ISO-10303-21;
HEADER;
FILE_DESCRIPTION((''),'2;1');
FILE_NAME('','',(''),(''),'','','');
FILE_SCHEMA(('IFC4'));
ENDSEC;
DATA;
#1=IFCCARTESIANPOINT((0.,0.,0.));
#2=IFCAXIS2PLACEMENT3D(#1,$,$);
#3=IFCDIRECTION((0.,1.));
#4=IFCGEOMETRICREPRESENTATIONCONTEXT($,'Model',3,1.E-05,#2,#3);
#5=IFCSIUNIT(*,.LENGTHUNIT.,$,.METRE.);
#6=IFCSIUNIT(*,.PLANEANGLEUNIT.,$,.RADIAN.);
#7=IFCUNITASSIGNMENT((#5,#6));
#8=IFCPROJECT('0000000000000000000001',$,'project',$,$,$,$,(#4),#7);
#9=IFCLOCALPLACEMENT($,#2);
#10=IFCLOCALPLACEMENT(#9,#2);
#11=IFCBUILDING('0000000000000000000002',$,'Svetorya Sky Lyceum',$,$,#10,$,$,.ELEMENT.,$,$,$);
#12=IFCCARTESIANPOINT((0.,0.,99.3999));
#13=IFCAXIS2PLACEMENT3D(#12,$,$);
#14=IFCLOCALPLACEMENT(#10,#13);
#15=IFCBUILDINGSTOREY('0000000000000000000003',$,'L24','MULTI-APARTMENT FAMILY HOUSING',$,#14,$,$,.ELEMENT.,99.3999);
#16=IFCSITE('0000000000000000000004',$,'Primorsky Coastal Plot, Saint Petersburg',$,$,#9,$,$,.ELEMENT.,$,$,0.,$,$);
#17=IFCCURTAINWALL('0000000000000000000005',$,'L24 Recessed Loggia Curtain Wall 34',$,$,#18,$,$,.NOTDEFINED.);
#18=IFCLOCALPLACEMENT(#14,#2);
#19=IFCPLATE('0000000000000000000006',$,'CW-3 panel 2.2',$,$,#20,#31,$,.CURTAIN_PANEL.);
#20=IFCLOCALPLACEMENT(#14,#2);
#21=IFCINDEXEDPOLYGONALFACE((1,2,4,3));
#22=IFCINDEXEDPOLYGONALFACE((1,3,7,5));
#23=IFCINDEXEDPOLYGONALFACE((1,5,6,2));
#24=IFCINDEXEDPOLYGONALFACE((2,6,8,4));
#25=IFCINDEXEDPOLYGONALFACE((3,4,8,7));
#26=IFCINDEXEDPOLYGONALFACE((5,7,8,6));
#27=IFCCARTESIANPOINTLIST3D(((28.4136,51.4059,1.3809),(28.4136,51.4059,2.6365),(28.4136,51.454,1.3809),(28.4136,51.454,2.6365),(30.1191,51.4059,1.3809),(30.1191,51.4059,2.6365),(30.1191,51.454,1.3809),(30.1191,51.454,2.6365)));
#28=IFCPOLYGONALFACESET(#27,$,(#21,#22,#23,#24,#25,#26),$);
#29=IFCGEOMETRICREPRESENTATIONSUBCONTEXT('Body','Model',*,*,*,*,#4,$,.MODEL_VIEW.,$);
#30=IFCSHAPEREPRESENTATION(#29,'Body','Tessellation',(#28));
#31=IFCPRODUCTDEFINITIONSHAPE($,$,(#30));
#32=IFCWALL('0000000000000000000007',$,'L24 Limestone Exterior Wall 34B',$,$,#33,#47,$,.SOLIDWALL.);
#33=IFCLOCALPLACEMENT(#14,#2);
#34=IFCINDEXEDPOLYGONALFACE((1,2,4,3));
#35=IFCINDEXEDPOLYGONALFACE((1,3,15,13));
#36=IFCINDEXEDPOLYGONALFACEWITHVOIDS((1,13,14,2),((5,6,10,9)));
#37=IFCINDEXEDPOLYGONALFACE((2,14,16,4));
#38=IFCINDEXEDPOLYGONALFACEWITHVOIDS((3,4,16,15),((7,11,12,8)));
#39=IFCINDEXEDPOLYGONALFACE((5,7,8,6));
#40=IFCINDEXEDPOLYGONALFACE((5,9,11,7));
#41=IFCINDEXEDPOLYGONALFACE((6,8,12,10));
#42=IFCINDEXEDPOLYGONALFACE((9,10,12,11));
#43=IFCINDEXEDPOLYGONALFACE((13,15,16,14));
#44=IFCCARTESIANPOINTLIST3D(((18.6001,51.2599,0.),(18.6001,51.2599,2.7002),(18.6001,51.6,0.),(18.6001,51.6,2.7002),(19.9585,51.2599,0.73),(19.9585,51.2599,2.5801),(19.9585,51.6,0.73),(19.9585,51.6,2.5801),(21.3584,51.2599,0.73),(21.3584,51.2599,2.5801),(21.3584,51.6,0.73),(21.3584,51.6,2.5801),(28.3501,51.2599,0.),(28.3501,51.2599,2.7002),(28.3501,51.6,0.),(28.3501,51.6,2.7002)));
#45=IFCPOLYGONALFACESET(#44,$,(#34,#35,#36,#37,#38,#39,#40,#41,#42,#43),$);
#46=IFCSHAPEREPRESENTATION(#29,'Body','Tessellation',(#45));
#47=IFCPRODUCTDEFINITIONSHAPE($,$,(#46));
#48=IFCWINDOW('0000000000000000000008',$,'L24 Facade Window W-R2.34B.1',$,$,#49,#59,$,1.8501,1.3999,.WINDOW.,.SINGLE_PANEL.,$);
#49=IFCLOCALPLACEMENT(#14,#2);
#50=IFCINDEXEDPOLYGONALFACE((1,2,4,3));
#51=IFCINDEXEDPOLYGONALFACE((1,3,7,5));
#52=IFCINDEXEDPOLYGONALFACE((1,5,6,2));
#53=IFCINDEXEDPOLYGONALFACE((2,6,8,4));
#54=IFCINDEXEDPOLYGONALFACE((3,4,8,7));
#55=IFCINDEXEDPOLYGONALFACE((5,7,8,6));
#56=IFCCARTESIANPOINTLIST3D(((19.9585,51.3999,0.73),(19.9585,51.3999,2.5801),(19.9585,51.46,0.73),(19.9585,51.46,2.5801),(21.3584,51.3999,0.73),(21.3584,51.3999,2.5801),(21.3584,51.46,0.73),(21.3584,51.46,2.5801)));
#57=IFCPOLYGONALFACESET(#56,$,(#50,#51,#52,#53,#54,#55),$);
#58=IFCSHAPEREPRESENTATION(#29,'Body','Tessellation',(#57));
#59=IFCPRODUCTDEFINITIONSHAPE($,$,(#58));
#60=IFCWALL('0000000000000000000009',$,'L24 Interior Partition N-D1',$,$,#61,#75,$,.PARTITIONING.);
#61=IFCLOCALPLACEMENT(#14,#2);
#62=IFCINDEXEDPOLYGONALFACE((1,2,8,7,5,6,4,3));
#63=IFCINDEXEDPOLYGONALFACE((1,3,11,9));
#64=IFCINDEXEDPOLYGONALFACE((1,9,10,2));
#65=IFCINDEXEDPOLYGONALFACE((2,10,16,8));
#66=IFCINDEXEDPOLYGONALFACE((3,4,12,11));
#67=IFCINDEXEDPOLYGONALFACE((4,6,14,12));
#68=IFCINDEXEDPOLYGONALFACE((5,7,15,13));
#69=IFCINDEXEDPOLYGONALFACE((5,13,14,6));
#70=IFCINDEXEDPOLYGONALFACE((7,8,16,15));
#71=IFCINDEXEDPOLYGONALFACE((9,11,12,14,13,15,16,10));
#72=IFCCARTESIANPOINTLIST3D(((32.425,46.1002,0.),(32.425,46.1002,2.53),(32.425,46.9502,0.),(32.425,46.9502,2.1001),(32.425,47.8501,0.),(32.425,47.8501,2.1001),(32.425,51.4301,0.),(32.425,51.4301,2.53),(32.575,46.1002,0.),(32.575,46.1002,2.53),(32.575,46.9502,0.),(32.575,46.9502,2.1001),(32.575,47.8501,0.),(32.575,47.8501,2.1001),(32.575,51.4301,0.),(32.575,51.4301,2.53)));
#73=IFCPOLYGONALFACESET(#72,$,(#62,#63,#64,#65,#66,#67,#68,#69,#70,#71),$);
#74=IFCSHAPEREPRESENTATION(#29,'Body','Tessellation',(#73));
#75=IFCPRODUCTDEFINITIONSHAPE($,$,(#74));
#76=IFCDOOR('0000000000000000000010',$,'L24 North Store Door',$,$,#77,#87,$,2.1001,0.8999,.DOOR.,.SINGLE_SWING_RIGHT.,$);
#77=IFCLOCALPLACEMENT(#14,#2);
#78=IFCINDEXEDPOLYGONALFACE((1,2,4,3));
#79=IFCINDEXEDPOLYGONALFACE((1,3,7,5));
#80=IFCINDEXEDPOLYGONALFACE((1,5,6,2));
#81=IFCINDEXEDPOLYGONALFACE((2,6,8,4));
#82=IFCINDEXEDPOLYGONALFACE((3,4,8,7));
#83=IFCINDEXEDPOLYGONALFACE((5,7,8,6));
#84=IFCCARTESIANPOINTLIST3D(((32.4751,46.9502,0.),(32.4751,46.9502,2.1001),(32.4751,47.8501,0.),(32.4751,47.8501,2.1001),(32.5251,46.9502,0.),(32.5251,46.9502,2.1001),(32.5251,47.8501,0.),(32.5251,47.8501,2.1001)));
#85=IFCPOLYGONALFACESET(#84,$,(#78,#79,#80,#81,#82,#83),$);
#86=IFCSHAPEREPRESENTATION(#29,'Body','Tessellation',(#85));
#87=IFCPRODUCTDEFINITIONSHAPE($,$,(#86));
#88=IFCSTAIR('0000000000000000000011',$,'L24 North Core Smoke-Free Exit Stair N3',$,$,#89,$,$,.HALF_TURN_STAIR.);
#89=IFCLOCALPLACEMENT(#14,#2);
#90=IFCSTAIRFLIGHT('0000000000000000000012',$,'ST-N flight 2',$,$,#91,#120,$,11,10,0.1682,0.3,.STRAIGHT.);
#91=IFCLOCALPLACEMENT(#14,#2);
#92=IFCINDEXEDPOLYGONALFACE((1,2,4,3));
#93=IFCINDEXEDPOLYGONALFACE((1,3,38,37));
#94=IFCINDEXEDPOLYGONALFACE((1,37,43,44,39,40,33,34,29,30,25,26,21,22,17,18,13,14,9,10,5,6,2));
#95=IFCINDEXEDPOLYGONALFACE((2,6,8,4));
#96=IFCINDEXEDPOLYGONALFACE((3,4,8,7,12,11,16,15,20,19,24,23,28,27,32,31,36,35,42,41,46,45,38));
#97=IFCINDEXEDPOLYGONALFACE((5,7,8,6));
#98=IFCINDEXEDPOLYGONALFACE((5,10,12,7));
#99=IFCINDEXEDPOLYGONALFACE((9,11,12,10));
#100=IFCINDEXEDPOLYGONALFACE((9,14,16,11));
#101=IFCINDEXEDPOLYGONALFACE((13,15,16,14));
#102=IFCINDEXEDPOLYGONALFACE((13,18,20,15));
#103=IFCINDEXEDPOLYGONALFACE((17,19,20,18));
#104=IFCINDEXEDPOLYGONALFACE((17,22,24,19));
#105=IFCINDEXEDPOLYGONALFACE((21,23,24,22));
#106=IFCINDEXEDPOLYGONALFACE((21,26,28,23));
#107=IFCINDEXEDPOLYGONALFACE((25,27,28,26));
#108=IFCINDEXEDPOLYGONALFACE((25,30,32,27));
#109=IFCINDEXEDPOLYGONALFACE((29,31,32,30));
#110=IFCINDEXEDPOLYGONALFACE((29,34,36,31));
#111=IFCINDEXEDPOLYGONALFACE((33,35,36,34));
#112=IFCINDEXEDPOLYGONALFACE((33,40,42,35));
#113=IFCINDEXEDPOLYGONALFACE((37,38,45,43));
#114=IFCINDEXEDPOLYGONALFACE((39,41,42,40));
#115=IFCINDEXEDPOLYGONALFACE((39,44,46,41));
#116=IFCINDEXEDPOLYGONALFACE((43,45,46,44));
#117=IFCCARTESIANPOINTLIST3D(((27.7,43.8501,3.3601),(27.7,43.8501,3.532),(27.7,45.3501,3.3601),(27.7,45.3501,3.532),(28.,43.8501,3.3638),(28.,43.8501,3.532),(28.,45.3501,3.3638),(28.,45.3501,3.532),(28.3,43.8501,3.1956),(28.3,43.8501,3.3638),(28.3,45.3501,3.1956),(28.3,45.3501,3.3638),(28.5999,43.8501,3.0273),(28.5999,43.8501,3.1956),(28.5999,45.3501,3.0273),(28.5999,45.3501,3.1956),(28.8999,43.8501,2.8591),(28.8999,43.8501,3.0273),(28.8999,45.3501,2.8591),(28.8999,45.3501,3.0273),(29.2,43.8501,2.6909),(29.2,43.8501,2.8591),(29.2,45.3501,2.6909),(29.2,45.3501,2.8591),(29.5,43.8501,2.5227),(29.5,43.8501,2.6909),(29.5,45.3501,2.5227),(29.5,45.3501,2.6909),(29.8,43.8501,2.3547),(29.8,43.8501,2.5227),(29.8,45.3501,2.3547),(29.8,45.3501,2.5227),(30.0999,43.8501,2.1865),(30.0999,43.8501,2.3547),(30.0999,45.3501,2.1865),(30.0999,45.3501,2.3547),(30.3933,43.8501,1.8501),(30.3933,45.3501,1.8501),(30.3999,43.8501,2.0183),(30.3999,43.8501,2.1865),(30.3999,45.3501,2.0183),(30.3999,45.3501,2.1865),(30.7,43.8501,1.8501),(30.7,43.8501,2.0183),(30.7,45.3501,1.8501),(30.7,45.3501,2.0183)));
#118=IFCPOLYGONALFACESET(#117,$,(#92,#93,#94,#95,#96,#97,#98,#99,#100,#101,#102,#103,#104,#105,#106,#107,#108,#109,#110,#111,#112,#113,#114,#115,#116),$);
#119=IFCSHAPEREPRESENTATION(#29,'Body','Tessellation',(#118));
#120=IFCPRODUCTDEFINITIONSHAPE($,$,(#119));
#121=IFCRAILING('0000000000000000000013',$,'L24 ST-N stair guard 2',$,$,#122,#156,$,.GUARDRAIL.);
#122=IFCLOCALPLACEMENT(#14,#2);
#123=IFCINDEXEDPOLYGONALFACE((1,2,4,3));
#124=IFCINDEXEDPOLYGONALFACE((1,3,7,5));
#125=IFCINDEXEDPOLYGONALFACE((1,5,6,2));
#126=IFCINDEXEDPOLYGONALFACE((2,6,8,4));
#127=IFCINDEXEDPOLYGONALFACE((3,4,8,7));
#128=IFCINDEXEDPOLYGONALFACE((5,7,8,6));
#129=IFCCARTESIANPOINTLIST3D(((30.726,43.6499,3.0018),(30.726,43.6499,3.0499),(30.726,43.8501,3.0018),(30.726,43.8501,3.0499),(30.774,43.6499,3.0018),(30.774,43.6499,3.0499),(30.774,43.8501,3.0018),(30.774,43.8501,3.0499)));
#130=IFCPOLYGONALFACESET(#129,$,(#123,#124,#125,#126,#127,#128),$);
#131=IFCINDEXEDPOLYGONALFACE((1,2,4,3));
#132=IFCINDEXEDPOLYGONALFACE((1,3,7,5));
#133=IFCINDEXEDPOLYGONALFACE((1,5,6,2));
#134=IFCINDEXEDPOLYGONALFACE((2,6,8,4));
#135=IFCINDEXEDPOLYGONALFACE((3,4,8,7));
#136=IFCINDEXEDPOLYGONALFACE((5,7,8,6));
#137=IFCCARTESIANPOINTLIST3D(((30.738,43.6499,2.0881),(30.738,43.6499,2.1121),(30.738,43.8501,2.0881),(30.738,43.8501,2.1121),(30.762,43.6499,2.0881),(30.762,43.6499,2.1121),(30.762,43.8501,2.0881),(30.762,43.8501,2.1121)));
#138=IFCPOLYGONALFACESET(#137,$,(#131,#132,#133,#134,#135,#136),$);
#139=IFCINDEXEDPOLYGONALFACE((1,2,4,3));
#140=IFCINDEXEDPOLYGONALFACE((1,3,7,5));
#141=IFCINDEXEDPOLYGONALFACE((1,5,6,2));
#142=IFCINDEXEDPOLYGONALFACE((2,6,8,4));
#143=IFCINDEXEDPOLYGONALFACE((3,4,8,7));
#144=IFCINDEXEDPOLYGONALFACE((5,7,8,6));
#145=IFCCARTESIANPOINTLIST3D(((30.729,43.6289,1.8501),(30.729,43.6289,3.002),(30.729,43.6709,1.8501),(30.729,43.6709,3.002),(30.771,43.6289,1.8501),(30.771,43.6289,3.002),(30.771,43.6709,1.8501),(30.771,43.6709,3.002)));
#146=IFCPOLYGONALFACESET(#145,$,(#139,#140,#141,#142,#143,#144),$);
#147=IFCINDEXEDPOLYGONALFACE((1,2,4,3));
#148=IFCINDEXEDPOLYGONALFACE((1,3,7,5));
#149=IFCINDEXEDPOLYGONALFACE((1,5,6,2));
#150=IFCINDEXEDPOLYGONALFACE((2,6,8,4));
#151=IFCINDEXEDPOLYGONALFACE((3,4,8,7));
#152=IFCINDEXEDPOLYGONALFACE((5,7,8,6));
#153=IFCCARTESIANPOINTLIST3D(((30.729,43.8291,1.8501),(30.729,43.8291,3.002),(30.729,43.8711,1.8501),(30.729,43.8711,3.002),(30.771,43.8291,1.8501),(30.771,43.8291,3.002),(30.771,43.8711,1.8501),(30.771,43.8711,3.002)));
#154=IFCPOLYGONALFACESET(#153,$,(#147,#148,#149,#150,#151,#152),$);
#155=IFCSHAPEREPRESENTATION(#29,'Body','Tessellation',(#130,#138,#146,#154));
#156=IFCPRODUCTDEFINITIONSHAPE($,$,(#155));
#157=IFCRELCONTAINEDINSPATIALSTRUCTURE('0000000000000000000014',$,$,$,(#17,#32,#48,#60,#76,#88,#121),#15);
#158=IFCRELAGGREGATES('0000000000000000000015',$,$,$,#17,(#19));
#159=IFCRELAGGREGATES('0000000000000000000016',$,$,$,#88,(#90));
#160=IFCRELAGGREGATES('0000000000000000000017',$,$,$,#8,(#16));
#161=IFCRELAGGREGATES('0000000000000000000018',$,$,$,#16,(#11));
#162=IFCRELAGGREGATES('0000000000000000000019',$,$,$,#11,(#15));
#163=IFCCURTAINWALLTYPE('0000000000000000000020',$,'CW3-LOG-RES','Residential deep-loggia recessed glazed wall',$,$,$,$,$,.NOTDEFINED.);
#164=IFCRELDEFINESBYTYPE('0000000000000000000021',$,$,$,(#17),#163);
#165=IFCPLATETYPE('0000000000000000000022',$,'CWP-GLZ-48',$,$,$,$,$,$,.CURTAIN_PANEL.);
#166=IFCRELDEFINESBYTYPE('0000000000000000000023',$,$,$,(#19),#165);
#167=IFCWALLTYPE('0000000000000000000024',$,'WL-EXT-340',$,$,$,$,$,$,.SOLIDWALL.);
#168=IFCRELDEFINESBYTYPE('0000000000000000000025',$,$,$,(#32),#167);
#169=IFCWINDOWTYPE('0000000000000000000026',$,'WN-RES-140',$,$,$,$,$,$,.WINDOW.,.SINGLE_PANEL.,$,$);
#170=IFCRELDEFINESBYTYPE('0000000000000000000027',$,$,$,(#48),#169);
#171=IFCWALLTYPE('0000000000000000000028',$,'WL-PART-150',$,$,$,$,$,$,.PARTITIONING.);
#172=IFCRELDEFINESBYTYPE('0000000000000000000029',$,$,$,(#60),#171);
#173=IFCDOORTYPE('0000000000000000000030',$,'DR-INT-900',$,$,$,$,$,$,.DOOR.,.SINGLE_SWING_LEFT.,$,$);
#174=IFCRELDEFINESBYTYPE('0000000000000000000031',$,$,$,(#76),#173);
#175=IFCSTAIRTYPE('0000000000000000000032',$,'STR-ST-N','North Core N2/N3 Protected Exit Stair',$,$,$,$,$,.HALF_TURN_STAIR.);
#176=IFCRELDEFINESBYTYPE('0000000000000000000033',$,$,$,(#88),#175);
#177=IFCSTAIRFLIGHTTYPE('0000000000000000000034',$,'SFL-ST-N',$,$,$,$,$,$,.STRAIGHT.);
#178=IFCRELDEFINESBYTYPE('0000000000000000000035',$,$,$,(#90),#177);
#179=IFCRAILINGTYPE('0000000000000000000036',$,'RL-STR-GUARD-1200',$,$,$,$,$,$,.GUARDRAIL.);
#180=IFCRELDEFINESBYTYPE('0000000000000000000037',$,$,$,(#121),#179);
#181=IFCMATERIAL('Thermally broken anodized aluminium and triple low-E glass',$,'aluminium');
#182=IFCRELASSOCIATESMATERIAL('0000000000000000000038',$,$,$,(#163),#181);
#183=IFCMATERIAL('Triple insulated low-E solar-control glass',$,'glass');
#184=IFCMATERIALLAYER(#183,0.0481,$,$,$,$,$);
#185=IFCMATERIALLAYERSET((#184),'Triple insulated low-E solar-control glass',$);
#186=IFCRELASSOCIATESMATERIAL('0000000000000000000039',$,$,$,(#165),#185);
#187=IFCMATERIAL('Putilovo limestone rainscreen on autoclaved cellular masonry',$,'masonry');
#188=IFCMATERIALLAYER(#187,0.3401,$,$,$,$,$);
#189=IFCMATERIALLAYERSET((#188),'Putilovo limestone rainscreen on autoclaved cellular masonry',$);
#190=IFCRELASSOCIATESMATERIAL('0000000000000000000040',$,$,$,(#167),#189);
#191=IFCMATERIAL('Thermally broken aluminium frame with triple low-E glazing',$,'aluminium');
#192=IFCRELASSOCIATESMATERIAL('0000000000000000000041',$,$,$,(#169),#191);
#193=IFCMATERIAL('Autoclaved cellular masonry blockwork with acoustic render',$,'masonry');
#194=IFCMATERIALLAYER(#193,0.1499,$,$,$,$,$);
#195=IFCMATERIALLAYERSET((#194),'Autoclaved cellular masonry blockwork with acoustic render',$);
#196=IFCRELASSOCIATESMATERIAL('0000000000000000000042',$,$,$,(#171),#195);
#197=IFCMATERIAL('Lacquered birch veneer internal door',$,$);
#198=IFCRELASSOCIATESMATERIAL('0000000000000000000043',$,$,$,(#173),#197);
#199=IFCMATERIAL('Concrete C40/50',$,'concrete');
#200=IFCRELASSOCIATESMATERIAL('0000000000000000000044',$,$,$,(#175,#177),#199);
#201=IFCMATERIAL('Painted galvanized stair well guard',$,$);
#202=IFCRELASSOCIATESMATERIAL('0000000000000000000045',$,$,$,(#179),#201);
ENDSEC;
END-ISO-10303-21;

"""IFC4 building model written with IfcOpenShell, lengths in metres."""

from ifc_helpers import new_model, si_unit, direction, frame, frame_2d, origin, origin_2d, place, context, subcontext, project, spatial, polyline, rectangle, outline, extrude, material, layer, layer_set, type_object, element, fill, aggregate, save


model = new_model("IFC4")

# Units and contexts
model_context = context("Model", 3, precision=1e-05, world=origin(), true_north=direction((0.0, 1.0)))
body_context = subcontext(model_context, "Body", "Model", "MODEL_VIEW")
ifc_project = project(units=[si_unit("LENGTHUNIT", "METRE"), si_unit("PLANEANGLEUNIT", "RADIAN")], contexts=[model_context])

# Site, building, storey
site_placement = place(None, origin())
site = spatial("IfcSite", under=ifc_project, at=site_placement, Name="Primorsky Coastal Plot, Saint Petersburg", CompositionType="ELEMENT", RefElevation=0.0)
building_placement = place(site_placement, origin())
building = spatial("IfcBuilding", under=site, at=building_placement, Name="Svetorya Sky Lyceum", CompositionType="ELEMENT")
storey_placement = place(building_placement, frame((0.0, 0.0, 99.3999)))
storey = spatial("IfcBuildingStorey", under=building, at=storey_placement, Name="L24", Description="MULTI-APARTMENT FAMILY HOUSING", CompositionType="ELEMENT", Elevation=99.3999)

# Curtain wall, plate
ifc_material_1 = material(Name="Thermally broken anodized aluminium and triple low-E glass", Category="aluminium")
curtain_wall_type = type_object("IfcCurtainWallType", Name="CW3-LOG-RES", Description="Residential deep-loggia recessed glazed wall", PredefinedType="NOTDEFINED", material=ifc_material_1)
curtain_wall_placement = place(storey_placement, origin())
curtain_wall = element("IfcCurtainWall", 1, at=curtain_wall_placement, inside=storey, type_object=curtain_wall_type, Name="L24 Recessed Loggia Curtain Wall 34", PredefinedType="NOTDEFINED")
ifc_material_2 = material(Name="Triple insulated low-E solar-control glass", Category="glass")
ifc_layer_1 = layer(ifc_material_2, 0.0481)
ifc_layer_set_1 = layer_set([ifc_layer_1], Name="Triple insulated low-E solar-control glass")
plate_type = type_object("IfcPlateType", Name="CWP-GLZ-48", PredefinedType="CURTAIN_PANEL", material=ifc_layer_set_1)
plate_1_placement = place(storey_placement, frame((29.2664, 51.4299, 1.3809), z_axis=(0.0, 0.0, 1.0), x_axis=(-1.0, 0.0, 0.0)))
plate_1 = element("IfcPlate", 2, at=plate_1_placement, type_object=plate_type, Name="CW-3 panel 2.2", PredefinedType="CURTAIN_PANEL", context=body_context, shape_type="SweptSolid", body=[
    extrude(rectangle(XDim=1.7056, YDim=0.0481, at=origin_2d()), origin(), (0.0, 0.0, 1.0), 1.2556),
])
aggregate(curtain_wall, [plate_1])

# Wall, opening, window
ifc_material_3 = material(Name="Putilovo limestone rainscreen on autoclaved cellular masonry", Category="masonry")
ifc_layer_2 = layer(ifc_material_3, 0.3401)
ifc_layer_set_2 = layer_set([ifc_layer_2], Name="Putilovo limestone rainscreen on autoclaved cellular masonry")
wall_type_1 = type_object("IfcWallType", Name="WL-EXT-340", PredefinedType="SOLIDWALL", material=ifc_layer_set_2)
wall_1_placement = place(storey_placement, frame((28.3501, 51.4299, 0.0), z_axis=(0.0, 0.0, 1.0), x_axis=(-1.0, 0.0, 0.0)))
wall_1 = element("IfcWall", 3, at=wall_1_placement, inside=storey, type_object=wall_type_1, Name="L24 Limestone Exterior Wall 34B", PredefinedType="SOLIDWALL", context=body_context, shape_type="SweptSolid", body=[
    extrude(rectangle(XDim=9.75, YDim=0.3401, at=frame_2d((4.875, 0.0))), origin(), (0.0, 0.0, 1.0), 2.7002),
])
opening_1_placement = place(wall_1_placement, frame((6.9917, 0.0, 0.73)))
opening_1 = element("IfcOpeningElement", 4, at=opening_1_placement, cuts=wall_1, PredefinedType="OPENING", context=body_context, shape_type="SweptSolid", body=[
    extrude(rectangle(XDim=1.3999, YDim=1.8501, at=frame_2d((0.7, 0.925))), frame((0.0, 0.1799, 0.0), z_axis=(0.0, -1.0, 0.0), x_axis=(1.0, 0.0, 0.0)), (0.0, 0.0, 1.0), 0.3601),
])
ifc_material_4 = material(Name="Thermally broken aluminium frame with triple low-E glazing", Category="aluminium")
window_type = type_object("IfcWindowType", Name="WN-RES-140", PartitioningType="SINGLE_PANEL", PredefinedType="WINDOW", material=ifc_material_4)
window_placement = place(opening_1_placement, origin())
window = element("IfcWindow", 5, at=window_placement, inside=storey, type_object=window_type, Name="L24 Facade Window W-R2.34B.1", OverallHeight=1.8501, OverallWidth=1.3999, PartitioningType="SINGLE_PANEL", PredefinedType="WINDOW", context=body_context, shape_type="SweptSolid", body=[
    extrude(rectangle(XDim=1.3999, YDim=1.8501, at=frame_2d((0.7, 0.925))), frame((0.0, 0.03, 0.0), z_axis=(0.0, -1.0, 0.0), x_axis=(1.0, 0.0, 0.0)), (0.0, 0.0, 1.0), 0.0601),
])
fill(opening_1, window)

# Wall, opening, door
ifc_material_5 = material(Name="Autoclaved cellular masonry blockwork with acoustic render", Category="masonry")
ifc_layer_3 = layer(ifc_material_5, 0.1499)
ifc_layer_set_3 = layer_set([ifc_layer_3], Name="Autoclaved cellular masonry blockwork with acoustic render")
wall_type_2 = type_object("IfcWallType", Name="WL-PART-150", PredefinedType="PARTITIONING", material=ifc_layer_set_3)
wall_2_placement = place(storey_placement, frame((32.5, 46.1001, 0.0), z_axis=(0.0, 0.0, 1.0), x_axis=(0.0, 1.0, 0.0)))
wall_2 = element("IfcWall", 6, at=wall_2_placement, inside=storey, type_object=wall_type_2, Name="L24 Interior Partition N-D1", PredefinedType="PARTITIONING", context=body_context, shape_type="SweptSolid", body=[
    extrude(rectangle(XDim=5.3298, YDim=0.1499, at=frame_2d((2.665, 0.0))), origin(), (0.0, 0.0, 1.0), 2.53),
])
opening_2_placement = place(wall_2_placement, frame((0.8501, 0.0, 0.0)))
opening_2 = element("IfcOpeningElement", 7, at=opening_2_placement, cuts=wall_2, PredefinedType="OPENING", context=body_context, shape_type="SweptSolid", body=[
    extrude(rectangle(XDim=0.8999, YDim=2.1001, at=frame_2d((0.45, 1.05))), frame((0.0, 0.085, 0.0), z_axis=(0.0, -1.0, 0.0), x_axis=(1.0, 0.0, 0.0)), (0.0, 0.0, 1.0), 0.1699),
])
ifc_material_6 = material(Name="Lacquered birch veneer internal door")
door_type = type_object("IfcDoorType", Name="DR-INT-900", OperationType="SINGLE_SWING_LEFT", PredefinedType="DOOR", material=ifc_material_6)
door_placement = place(opening_2_placement, origin())
door = element("IfcDoor", 8, at=door_placement, inside=storey, type_object=door_type, Name="L24 North Store Door", OperationType="SINGLE_SWING_RIGHT", OverallHeight=2.1001, OverallWidth=0.8999, PredefinedType="DOOR", context=body_context, shape_type="SweptSolid", body=[
    extrude(rectangle(XDim=0.8999, YDim=2.1001, at=frame_2d((0.45, 1.05))), frame((0.0, 0.0249, 0.0), z_axis=(0.0, -1.0, 0.0), x_axis=(1.0, 0.0, 0.0)), (0.0, 0.0, 1.0), 0.05),
])
fill(opening_2, door)

# Stair, stair flight
ifc_material_7 = material(Name="Concrete C40/50", Category="concrete")
stair_type = type_object("IfcStairType", Name="STR-ST-N", Description="North Core N2/N3 Protected Exit Stair", PredefinedType="HALF_TURN_STAIR", material=ifc_material_7)
stair_placement = place(storey_placement, origin())
stair = element("IfcStair", 9, at=stair_placement, inside=storey, type_object=stair_type, Name="L24 North Core Smoke-Free Exit Stair N3", PredefinedType="HALF_TURN_STAIR")
stair_flight_type = type_object("IfcStairFlightType", Name="SFL-ST-N", PredefinedType="STRAIGHT", material=ifc_material_7)
stair_flight_placement = place(storey_placement, frame((30.7, 44.6001, 1.8501), z_axis=(0.0, 0.0, 1.0), x_axis=(-1.0, 0.0, 0.0)))
stair_flight = element("IfcStairFlight", 10, at=stair_flight_placement, type_object=stair_flight_type, Name="ST-N flight 2", NumberOfRisers=11, NumberOfTreads=10, PredefinedType="STRAIGHT", RiserHeight=0.1682, TreadLength=0.3, context=body_context, shape_type="SweptSolid", body=[
    extrude(outline(polyline([(0.0, 0.0), (0.0, 0.1682), (0.3, 0.1682), (0.3, 0.3364), (0.6001, 0.3364), (0.6001, 0.5046), (0.8999, 0.5046), (0.8999, 0.6726), (1.2, 0.6726), (1.2, 0.8408), (1.5, 0.8408), (1.5, 1.009), (1.8, 1.009), (1.8, 1.1772), (2.1001, 1.1772), (2.1001, 1.3455), (2.3999, 1.3455), (2.3999, 1.5137), (2.7, 1.5137), (2.7, 1.6819), (3.0, 1.6819), (3.0, 1.8501), (3.0, 1.51), (0.3066, 0.0), (0.0, 0.0)])), frame((0.0, 0.75, 0.0), z_axis=(0.0, -1.0, 0.0), x_axis=(1.0, 0.0, 0.0)), (0.0, 0.0, 1.0), 1.5),
])
aggregate(stair, [stair_flight])

# Railing
ifc_material_8 = material(Name="Painted galvanized stair well guard")
railing_type_1 = type_object("IfcRailingType", Name="RL-STR-GUARD-1200", PredefinedType="GUARDRAIL", material=ifc_material_8)
railing_1_placement = place(storey_placement, frame((30.75, 43.6499, 1.8501)))
element("IfcRailing", 11, at=railing_1_placement, inside=storey, type_object=railing_type_1, Name="L24 ST-N stair guard 2", PredefinedType="GUARDRAIL", context=body_context, shape_type="SweptSolid", body=[
    extrude(rectangle(XDim=0.0481, YDim=0.0481, at=origin_2d()), frame((0.0, 0.0, 1.1758), z_axis=(0.0, 1.0, 0.0), x_axis=(-1.0, 0.0, 0.0)), (0.0, 0.0, 1.0), 0.2002),
    extrude(rectangle(XDim=0.0239, YDim=0.0239, at=origin_2d()), frame((0.0, 0.0, 0.25), z_axis=(0.0, 1.0, 0.0), x_axis=(-1.0, 0.0, 0.0)), (0.0, 0.0, 1.0), 0.2002),
    extrude(rectangle(XDim=0.042, YDim=0.042, at=origin_2d()), origin(), (0.0, 0.0, 1.0), 1.1519),
    extrude(rectangle(XDim=0.042, YDim=0.042, at=origin_2d()), frame((0.0, 0.2002, 0.0)), (0.0, 0.0, 1.0), 1.1519),
])

save(model, "model.ifc")
